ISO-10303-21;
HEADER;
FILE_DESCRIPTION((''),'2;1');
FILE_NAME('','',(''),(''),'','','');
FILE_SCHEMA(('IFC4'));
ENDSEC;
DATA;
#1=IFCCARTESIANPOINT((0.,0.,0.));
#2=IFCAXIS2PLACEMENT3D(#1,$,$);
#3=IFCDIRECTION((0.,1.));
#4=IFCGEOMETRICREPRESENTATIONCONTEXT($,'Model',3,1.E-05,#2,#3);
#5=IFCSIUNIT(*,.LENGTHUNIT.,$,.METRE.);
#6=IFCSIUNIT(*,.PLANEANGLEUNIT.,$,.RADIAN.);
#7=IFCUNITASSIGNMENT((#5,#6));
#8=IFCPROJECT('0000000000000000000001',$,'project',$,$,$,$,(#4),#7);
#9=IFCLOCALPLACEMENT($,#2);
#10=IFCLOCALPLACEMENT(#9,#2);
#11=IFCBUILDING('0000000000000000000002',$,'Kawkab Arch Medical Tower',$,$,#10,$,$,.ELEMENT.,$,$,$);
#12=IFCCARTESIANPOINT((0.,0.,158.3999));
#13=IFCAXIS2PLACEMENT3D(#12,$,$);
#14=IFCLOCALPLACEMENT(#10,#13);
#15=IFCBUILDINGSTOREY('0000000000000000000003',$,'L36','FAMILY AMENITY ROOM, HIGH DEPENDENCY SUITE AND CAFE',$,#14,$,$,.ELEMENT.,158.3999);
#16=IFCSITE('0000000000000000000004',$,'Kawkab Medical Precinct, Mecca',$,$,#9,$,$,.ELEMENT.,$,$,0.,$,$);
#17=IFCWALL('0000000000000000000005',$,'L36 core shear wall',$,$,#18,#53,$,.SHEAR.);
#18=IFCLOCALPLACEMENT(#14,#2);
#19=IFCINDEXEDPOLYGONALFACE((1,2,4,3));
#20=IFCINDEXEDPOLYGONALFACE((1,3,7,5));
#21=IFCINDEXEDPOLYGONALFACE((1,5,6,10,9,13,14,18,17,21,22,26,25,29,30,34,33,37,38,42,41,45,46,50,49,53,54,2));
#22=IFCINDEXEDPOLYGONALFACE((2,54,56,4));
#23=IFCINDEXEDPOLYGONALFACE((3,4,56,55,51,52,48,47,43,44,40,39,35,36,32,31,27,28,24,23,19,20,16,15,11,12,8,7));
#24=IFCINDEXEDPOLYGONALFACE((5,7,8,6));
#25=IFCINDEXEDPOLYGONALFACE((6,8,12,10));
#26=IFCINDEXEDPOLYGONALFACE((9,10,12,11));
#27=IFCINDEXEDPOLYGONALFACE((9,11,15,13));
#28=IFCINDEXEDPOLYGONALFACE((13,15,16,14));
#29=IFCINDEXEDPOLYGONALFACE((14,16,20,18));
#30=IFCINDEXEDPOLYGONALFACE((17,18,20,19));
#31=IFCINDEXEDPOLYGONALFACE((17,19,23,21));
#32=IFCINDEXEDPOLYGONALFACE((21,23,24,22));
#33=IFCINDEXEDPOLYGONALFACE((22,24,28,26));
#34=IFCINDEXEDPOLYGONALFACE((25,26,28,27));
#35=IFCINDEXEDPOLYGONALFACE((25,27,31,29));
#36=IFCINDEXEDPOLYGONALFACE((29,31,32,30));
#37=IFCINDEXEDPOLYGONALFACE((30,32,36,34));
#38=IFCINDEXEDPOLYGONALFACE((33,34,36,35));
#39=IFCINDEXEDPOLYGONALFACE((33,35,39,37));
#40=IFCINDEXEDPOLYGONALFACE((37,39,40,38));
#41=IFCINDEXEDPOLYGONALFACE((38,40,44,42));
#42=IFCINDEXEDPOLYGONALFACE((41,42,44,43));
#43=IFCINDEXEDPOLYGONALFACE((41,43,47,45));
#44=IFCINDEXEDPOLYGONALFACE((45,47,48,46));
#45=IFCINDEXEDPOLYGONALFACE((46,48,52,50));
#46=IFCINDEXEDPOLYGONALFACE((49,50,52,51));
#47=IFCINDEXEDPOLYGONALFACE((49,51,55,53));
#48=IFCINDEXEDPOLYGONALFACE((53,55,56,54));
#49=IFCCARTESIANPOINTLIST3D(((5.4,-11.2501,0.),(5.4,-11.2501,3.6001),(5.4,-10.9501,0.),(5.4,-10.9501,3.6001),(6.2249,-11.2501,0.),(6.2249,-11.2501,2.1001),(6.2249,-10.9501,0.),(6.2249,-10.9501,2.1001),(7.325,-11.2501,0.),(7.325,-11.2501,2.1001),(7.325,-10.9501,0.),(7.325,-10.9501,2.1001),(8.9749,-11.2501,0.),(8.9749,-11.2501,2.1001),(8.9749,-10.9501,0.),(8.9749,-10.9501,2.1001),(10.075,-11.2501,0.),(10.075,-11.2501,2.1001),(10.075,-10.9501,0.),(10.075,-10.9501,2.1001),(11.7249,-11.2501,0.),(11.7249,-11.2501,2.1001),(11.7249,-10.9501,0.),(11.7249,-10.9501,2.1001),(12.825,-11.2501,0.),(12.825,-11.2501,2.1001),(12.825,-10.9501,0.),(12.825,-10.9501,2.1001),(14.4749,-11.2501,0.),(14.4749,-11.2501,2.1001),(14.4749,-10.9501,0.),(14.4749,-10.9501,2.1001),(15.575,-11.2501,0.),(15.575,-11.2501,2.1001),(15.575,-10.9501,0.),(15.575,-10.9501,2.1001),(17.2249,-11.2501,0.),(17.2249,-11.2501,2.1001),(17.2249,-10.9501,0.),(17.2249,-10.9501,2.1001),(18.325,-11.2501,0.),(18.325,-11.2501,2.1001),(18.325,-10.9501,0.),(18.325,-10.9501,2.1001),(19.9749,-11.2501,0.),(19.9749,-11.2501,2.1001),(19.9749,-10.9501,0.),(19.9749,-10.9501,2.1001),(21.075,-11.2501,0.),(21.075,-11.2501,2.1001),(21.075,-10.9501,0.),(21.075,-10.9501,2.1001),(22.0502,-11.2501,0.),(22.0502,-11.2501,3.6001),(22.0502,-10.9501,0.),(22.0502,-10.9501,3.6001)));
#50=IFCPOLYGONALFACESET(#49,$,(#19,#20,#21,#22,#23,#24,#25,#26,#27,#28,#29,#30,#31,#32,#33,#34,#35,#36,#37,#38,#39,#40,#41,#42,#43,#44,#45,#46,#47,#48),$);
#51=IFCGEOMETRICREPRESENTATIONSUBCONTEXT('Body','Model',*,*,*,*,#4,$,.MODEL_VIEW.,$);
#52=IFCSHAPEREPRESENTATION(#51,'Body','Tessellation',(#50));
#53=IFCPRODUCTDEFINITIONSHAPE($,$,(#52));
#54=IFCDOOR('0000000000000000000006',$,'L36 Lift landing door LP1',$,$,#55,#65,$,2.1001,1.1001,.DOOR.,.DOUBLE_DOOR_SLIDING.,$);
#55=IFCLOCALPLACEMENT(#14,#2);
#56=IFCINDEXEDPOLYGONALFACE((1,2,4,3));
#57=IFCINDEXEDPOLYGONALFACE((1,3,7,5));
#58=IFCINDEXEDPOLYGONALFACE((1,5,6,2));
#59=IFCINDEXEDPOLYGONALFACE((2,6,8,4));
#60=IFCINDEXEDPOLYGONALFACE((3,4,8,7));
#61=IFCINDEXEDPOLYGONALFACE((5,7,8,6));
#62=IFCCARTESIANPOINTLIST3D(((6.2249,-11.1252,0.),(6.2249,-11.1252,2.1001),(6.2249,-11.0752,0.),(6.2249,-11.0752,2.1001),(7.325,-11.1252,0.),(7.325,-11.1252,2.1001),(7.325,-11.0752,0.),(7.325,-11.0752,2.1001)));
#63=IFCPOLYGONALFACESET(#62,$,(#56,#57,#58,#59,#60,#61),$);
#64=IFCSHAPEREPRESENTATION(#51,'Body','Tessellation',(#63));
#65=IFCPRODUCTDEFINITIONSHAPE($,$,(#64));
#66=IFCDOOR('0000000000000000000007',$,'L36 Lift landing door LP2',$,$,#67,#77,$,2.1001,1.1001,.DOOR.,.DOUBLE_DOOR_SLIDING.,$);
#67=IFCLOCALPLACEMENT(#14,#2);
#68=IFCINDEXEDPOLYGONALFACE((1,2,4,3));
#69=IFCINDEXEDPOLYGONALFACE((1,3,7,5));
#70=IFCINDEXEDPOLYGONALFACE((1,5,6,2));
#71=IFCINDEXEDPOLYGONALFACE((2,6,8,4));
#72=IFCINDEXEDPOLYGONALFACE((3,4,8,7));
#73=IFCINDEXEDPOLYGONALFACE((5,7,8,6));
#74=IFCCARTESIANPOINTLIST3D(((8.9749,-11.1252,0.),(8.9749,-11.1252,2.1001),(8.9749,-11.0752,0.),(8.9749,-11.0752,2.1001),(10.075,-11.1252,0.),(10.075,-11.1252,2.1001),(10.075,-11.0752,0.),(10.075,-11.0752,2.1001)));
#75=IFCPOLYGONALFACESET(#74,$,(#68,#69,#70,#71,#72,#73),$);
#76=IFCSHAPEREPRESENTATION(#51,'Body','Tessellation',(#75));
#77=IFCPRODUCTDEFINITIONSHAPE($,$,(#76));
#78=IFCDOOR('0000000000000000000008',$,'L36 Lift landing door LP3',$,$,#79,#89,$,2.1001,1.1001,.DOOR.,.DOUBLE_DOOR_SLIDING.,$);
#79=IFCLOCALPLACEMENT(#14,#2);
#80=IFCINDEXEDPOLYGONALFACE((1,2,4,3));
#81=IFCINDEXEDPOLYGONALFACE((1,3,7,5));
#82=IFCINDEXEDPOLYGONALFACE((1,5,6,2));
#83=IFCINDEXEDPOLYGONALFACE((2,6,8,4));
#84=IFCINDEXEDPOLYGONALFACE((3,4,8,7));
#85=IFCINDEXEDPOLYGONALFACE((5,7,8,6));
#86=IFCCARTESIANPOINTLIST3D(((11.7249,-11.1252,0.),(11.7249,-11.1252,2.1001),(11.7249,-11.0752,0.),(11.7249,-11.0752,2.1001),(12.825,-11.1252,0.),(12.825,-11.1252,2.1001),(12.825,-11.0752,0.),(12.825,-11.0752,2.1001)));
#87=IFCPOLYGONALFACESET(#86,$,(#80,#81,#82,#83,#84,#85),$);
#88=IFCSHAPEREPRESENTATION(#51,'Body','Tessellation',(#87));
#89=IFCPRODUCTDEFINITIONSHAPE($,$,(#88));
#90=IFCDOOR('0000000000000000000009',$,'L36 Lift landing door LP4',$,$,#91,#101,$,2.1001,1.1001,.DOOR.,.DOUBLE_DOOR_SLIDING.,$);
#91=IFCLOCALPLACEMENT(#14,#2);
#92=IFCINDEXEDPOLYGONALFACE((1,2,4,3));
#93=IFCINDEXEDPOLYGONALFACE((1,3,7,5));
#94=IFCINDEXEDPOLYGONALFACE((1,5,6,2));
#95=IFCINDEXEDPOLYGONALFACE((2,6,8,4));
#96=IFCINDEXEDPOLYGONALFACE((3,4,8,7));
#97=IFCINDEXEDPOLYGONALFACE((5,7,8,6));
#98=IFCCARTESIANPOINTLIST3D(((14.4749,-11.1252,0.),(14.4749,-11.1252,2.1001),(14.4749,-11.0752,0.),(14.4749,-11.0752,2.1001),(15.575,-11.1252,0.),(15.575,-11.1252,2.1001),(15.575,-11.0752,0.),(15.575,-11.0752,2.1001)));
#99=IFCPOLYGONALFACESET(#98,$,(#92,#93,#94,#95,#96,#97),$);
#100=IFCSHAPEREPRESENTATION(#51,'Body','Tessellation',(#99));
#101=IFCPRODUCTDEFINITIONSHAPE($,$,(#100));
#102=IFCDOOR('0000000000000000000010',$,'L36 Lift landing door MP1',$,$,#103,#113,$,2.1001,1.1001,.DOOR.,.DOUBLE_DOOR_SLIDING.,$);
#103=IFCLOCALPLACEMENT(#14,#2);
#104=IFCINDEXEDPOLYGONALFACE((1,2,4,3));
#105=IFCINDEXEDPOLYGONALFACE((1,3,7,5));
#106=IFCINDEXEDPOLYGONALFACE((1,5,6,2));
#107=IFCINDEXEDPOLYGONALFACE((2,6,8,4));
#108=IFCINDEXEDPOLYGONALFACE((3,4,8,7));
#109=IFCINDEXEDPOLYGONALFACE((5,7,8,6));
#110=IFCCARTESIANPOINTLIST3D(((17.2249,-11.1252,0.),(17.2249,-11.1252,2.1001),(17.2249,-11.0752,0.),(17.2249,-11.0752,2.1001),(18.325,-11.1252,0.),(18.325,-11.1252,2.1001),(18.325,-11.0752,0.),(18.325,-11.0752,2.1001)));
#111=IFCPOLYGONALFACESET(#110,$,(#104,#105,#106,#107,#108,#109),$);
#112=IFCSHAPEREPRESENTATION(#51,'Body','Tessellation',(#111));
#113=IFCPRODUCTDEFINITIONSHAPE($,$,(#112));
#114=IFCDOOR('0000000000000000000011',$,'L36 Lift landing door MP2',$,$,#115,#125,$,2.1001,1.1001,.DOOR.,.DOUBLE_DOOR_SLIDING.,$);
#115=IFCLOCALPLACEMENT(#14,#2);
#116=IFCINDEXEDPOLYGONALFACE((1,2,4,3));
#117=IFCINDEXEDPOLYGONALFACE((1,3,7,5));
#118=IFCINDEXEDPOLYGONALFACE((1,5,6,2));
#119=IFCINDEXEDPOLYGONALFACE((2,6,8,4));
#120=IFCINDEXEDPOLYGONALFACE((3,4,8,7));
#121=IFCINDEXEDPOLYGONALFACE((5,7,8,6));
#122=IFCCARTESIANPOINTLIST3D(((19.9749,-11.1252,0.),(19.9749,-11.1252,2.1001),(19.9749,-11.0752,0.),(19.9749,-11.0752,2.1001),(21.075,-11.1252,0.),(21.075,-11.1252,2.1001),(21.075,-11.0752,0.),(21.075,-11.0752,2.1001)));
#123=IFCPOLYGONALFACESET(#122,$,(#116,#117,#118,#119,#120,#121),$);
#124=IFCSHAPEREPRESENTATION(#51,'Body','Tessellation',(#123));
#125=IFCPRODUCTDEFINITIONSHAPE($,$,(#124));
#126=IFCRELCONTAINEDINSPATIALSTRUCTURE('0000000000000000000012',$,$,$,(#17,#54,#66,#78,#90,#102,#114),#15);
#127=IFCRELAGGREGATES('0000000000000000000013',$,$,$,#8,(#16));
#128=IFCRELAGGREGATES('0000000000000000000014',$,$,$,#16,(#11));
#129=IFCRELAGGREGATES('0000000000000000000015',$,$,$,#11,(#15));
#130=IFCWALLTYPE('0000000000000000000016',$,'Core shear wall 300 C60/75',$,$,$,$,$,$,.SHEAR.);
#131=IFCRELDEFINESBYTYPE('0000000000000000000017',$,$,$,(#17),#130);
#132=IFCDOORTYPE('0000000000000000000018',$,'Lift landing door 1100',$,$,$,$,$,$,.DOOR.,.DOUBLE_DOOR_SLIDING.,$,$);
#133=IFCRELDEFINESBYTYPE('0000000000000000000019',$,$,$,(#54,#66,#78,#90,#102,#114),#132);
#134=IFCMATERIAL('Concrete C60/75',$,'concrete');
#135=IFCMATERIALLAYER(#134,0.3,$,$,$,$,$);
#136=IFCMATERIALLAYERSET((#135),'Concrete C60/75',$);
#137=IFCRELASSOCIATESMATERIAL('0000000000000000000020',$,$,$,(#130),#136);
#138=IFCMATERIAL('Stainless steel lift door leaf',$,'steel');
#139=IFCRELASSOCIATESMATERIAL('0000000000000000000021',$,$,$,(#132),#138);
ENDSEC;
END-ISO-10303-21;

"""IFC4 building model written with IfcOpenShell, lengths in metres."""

from ifc_helpers import new_model, si_unit, direction, frame, frame_2d, origin, place, context, subcontext, project, spatial, rectangle, extrude, material, layer, layer_set, type_object, element, fill, save


model = new_model("IFC4")

# Units and contexts
model_context = context("Model", 3, precision=1e-05, world=origin(), true_north=direction((0.0, 1.0)))
body_context = subcontext(model_context, "Body", "Model", "MODEL_VIEW")
ifc_project = project(units=[si_unit("LENGTHUNIT", "METRE"), si_unit("PLANEANGLEUNIT", "RADIAN")], contexts=[model_context])

# Site, building, storey
site_placement = place(None, origin())
site = spatial("IfcSite", under=ifc_project, at=site_placement, Name="Kawkab Medical Precinct, Mecca", CompositionType="ELEMENT", RefElevation=0.0)
building_placement = place(site_placement, origin())
building = spatial("IfcBuilding", under=site, at=building_placement, Name="Kawkab Arch Medical Tower", CompositionType="ELEMENT")
storey_placement = place(building_placement, frame((0.0, 0.0, 158.3999)))
storey = spatial("IfcBuildingStorey", under=building, at=storey_placement, Name="L36", Description="FAMILY AMENITY ROOM, HIGH DEPENDENCY SUITE AND CAFE", CompositionType="ELEMENT", Elevation=158.3999)

# Shared definitions
ifc_material_1 = material(Name="Concrete C60/75", Category="concrete")
ifc_layer_1 = layer(ifc_material_1, 0.3)
ifc_layer_set_1 = layer_set([ifc_layer_1], Name="Concrete C60/75")
wall_type_1 = type_object("IfcWallType", Name="Core shear wall 300 C60/75", PredefinedType="SHEAR", material=ifc_layer_set_1)

# Wall, openings, doors
wall_1_placement = place(storey_placement, frame((5.3999, -11.1001, 0.0), z_axis=(0.0, 0.0, 1.0), x_axis=(1.0, 0.0, 0.0)))
wall_1 = element("IfcWall", 1, at=wall_1_placement, inside=storey, type_object=wall_type_1, Name="L36 core shear wall", PredefinedType="SHEAR", context=body_context, shape_type="SweptSolid", body=[
    extrude(rectangle(XDim=16.6501, YDim=0.3, at=frame_2d((8.3252, 0.0))), origin(), (0.0, 0.0, 1.0), 3.6001),
])
opening_1_placement = place(wall_1_placement, frame((0.825, 0.0, 0.0)))
opening_1 = element("IfcOpeningElement", 2, at=opening_1_placement, cuts=wall_1, PredefinedType="OPENING", context=body_context, shape_type="SweptSolid", body=[
    extrude(rectangle(XDim=1.1001, YDim=2.1001, at=frame_2d((0.55, 1.05))), frame((0.0, 0.1599, 0.0), z_axis=(0.0, -1.0, 0.0), x_axis=(1.0, 0.0, 0.0)), (0.0, 0.0, 1.0), 0.3201),
])
opening_2_placement = place(wall_1_placement, frame((3.575, 0.0, 0.0)))
opening_2 = element("IfcOpeningElement", 3, at=opening_2_placement, cuts=wall_1, PredefinedType="OPENING", context=body_context, shape_type="SweptSolid", body=[
    extrude(rectangle(XDim=1.1001, YDim=2.1001, at=frame_2d((0.55, 1.05))), frame((0.0, 0.1599, 0.0), z_axis=(0.0, -1.0, 0.0), x_axis=(1.0, 0.0, 0.0)), (0.0, 0.0, 1.0), 0.3201),
])
opening_3_placement = place(wall_1_placement, frame((6.325, 0.0, 0.0)))
opening_3 = element("IfcOpeningElement", 4, at=opening_3_placement, cuts=wall_1, PredefinedType="OPENING", context=body_context, shape_type="SweptSolid", body=[
    extrude(rectangle(XDim=1.1001, YDim=2.1001, at=frame_2d((0.55, 1.05))), frame((0.0, 0.1599, 0.0), z_axis=(0.0, -1.0, 0.0), x_axis=(1.0, 0.0, 0.0)), (0.0, 0.0, 1.0), 0.3201),
])
opening_4_placement = place(wall_1_placement, frame((9.075, 0.0, 0.0)))
opening_4 = element("IfcOpeningElement", 5, at=opening_4_placement, cuts=wall_1, PredefinedType="OPENING", context=body_context, shape_type="SweptSolid", body=[
    extrude(rectangle(XDim=1.1001, YDim=2.1001, at=frame_2d((0.55, 1.05))), frame((0.0, 0.1599, 0.0), z_axis=(0.0, -1.0, 0.0), x_axis=(1.0, 0.0, 0.0)), (0.0, 0.0, 1.0), 0.3201),
])
opening_5_placement = place(wall_1_placement, frame((11.825, 0.0, 0.0)))
opening_5 = element("IfcOpeningElement", 6, at=opening_5_placement, cuts=wall_1, PredefinedType="OPENING", context=body_context, shape_type="SweptSolid", body=[
    extrude(rectangle(XDim=1.1001, YDim=2.1001, at=frame_2d((0.55, 1.05))), frame((0.0, 0.1599, 0.0), z_axis=(0.0, -1.0, 0.0), x_axis=(1.0, 0.0, 0.0)), (0.0, 0.0, 1.0), 0.3201),
])
opening_6_placement = place(wall_1_placement, frame((14.575, 0.0, 0.0)))
opening_6 = element("IfcOpeningElement", 7, at=opening_6_placement, cuts=wall_1, PredefinedType="OPENING", context=body_context, shape_type="SweptSolid", body=[
    extrude(rectangle(XDim=1.1001, YDim=2.1001, at=frame_2d((0.55, 1.05))), frame((0.0, 0.1599, 0.0), z_axis=(0.0, -1.0, 0.0), x_axis=(1.0, 0.0, 0.0)), (0.0, 0.0, 1.0), 0.3201),
])
ifc_material_2 = material(Name="Stainless steel lift door leaf", Category="steel")
door_type_1 = type_object("IfcDoorType", Name="Lift landing door 1100", OperationType="DOUBLE_DOOR_SLIDING", PredefinedType="DOOR", material=ifc_material_2)
door_1_placement = place(opening_1_placement, origin())
door_1 = element("IfcDoor", 8, at=door_1_placement, inside=storey, type_object=door_type_1, Name="L36 Lift landing door LP1", OperationType="DOUBLE_DOOR_SLIDING", OverallHeight=2.1001, OverallWidth=1.1001, PredefinedType="DOOR", context=body_context, shape_type="SweptSolid", body=[
    extrude(rectangle(XDim=1.1001, YDim=2.1001, at=frame_2d((0.55, 1.05))), frame((0.0, 0.0249, 0.0), z_axis=(0.0, -1.0, 0.0), x_axis=(1.0, 0.0, 0.0)), (0.0, 0.0, 1.0), 0.05),
])
fill(opening_1, door_1)
door_2_placement = place(opening_2_placement, origin())
door_2 = element("IfcDoor", 9, at=door_2_placement, inside=storey, type_object=door_type_1, Name="L36 Lift landing door LP2", OperationType="DOUBLE_DOOR_SLIDING", OverallHeight=2.1001, OverallWidth=1.1001, PredefinedType="DOOR", context=body_context, shape_type="SweptSolid", body=[
    extrude(rectangle(XDim=1.1001, YDim=2.1001, at=frame_2d((0.55, 1.05))), frame((0.0, 0.0249, 0.0), z_axis=(0.0, -1.0, 0.0), x_axis=(1.0, 0.0, 0.0)), (0.0, 0.0, 1.0), 0.05),
])
fill(opening_2, door_2)
door_3_placement = place(opening_3_placement, origin())
door_3 = element("IfcDoor", 10, at=door_3_placement, inside=storey, type_object=door_type_1, Name="L36 Lift landing door LP3", OperationType="DOUBLE_DOOR_SLIDING", OverallHeight=2.1001, OverallWidth=1.1001, PredefinedType="DOOR", context=body_context, shape_type="SweptSolid", body=[
    extrude(rectangle(XDim=1.1001, YDim=2.1001, at=frame_2d((0.55, 1.05))), frame((0.0, 0.0249, 0.0), z_axis=(0.0, -1.0, 0.0), x_axis=(1.0, 0.0, 0.0)), (0.0, 0.0, 1.0), 0.05),
])
fill(opening_3, door_3)
door_4_placement = place(opening_4_placement, origin())
door_4 = element("IfcDoor", 11, at=door_4_placement, inside=storey, type_object=door_type_1, Name="L36 Lift landing door LP4", OperationType="DOUBLE_DOOR_SLIDING", OverallHeight=2.1001, OverallWidth=1.1001, PredefinedType="DOOR", context=body_context, shape_type="SweptSolid", body=[
    extrude(rectangle(XDim=1.1001, YDim=2.1001, at=frame_2d((0.55, 1.05))), frame((0.0, 0.0249, 0.0), z_axis=(0.0, -1.0, 0.0), x_axis=(1.0, 0.0, 0.0)), (0.0, 0.0, 1.0), 0.05),
])
fill(opening_4, door_4)
door_5_placement = place(opening_5_placement, origin())
door_5 = element("IfcDoor", 12, at=door_5_placement, inside=storey, type_object=door_type_1, Name="L36 Lift landing door MP1", OperationType="DOUBLE_DOOR_SLIDING", OverallHeight=2.1001, OverallWidth=1.1001, PredefinedType="DOOR", context=body_context, shape_type="SweptSolid", body=[
    extrude(rectangle(XDim=1.1001, YDim=2.1001, at=frame_2d((0.55, 1.05))), frame((0.0, 0.0249, 0.0), z_axis=(0.0, -1.0, 0.0), x_axis=(1.0, 0.0, 0.0)), (0.0, 0.0, 1.0), 0.05),
])
fill(opening_5, door_5)
door_6_placement = place(opening_6_placement, origin())
door_6 = element("IfcDoor", 13, at=door_6_placement, inside=storey, type_object=door_type_1, Name="L36 Lift landing door MP2", OperationType="DOUBLE_DOOR_SLIDING", OverallHeight=2.1001, OverallWidth=1.1001, PredefinedType="DOOR", context=body_context, shape_type="SweptSolid", body=[
    extrude(rectangle(XDim=1.1001, YDim=2.1001, at=frame_2d((0.55, 1.05))), frame((0.0, 0.0249, 0.0), z_axis=(0.0, -1.0, 0.0), x_axis=(1.0, 0.0, 0.0)), (0.0, 0.0, 1.0), 0.05),
])
fill(opening_6, door_6)

save(model, "model.ifc")
